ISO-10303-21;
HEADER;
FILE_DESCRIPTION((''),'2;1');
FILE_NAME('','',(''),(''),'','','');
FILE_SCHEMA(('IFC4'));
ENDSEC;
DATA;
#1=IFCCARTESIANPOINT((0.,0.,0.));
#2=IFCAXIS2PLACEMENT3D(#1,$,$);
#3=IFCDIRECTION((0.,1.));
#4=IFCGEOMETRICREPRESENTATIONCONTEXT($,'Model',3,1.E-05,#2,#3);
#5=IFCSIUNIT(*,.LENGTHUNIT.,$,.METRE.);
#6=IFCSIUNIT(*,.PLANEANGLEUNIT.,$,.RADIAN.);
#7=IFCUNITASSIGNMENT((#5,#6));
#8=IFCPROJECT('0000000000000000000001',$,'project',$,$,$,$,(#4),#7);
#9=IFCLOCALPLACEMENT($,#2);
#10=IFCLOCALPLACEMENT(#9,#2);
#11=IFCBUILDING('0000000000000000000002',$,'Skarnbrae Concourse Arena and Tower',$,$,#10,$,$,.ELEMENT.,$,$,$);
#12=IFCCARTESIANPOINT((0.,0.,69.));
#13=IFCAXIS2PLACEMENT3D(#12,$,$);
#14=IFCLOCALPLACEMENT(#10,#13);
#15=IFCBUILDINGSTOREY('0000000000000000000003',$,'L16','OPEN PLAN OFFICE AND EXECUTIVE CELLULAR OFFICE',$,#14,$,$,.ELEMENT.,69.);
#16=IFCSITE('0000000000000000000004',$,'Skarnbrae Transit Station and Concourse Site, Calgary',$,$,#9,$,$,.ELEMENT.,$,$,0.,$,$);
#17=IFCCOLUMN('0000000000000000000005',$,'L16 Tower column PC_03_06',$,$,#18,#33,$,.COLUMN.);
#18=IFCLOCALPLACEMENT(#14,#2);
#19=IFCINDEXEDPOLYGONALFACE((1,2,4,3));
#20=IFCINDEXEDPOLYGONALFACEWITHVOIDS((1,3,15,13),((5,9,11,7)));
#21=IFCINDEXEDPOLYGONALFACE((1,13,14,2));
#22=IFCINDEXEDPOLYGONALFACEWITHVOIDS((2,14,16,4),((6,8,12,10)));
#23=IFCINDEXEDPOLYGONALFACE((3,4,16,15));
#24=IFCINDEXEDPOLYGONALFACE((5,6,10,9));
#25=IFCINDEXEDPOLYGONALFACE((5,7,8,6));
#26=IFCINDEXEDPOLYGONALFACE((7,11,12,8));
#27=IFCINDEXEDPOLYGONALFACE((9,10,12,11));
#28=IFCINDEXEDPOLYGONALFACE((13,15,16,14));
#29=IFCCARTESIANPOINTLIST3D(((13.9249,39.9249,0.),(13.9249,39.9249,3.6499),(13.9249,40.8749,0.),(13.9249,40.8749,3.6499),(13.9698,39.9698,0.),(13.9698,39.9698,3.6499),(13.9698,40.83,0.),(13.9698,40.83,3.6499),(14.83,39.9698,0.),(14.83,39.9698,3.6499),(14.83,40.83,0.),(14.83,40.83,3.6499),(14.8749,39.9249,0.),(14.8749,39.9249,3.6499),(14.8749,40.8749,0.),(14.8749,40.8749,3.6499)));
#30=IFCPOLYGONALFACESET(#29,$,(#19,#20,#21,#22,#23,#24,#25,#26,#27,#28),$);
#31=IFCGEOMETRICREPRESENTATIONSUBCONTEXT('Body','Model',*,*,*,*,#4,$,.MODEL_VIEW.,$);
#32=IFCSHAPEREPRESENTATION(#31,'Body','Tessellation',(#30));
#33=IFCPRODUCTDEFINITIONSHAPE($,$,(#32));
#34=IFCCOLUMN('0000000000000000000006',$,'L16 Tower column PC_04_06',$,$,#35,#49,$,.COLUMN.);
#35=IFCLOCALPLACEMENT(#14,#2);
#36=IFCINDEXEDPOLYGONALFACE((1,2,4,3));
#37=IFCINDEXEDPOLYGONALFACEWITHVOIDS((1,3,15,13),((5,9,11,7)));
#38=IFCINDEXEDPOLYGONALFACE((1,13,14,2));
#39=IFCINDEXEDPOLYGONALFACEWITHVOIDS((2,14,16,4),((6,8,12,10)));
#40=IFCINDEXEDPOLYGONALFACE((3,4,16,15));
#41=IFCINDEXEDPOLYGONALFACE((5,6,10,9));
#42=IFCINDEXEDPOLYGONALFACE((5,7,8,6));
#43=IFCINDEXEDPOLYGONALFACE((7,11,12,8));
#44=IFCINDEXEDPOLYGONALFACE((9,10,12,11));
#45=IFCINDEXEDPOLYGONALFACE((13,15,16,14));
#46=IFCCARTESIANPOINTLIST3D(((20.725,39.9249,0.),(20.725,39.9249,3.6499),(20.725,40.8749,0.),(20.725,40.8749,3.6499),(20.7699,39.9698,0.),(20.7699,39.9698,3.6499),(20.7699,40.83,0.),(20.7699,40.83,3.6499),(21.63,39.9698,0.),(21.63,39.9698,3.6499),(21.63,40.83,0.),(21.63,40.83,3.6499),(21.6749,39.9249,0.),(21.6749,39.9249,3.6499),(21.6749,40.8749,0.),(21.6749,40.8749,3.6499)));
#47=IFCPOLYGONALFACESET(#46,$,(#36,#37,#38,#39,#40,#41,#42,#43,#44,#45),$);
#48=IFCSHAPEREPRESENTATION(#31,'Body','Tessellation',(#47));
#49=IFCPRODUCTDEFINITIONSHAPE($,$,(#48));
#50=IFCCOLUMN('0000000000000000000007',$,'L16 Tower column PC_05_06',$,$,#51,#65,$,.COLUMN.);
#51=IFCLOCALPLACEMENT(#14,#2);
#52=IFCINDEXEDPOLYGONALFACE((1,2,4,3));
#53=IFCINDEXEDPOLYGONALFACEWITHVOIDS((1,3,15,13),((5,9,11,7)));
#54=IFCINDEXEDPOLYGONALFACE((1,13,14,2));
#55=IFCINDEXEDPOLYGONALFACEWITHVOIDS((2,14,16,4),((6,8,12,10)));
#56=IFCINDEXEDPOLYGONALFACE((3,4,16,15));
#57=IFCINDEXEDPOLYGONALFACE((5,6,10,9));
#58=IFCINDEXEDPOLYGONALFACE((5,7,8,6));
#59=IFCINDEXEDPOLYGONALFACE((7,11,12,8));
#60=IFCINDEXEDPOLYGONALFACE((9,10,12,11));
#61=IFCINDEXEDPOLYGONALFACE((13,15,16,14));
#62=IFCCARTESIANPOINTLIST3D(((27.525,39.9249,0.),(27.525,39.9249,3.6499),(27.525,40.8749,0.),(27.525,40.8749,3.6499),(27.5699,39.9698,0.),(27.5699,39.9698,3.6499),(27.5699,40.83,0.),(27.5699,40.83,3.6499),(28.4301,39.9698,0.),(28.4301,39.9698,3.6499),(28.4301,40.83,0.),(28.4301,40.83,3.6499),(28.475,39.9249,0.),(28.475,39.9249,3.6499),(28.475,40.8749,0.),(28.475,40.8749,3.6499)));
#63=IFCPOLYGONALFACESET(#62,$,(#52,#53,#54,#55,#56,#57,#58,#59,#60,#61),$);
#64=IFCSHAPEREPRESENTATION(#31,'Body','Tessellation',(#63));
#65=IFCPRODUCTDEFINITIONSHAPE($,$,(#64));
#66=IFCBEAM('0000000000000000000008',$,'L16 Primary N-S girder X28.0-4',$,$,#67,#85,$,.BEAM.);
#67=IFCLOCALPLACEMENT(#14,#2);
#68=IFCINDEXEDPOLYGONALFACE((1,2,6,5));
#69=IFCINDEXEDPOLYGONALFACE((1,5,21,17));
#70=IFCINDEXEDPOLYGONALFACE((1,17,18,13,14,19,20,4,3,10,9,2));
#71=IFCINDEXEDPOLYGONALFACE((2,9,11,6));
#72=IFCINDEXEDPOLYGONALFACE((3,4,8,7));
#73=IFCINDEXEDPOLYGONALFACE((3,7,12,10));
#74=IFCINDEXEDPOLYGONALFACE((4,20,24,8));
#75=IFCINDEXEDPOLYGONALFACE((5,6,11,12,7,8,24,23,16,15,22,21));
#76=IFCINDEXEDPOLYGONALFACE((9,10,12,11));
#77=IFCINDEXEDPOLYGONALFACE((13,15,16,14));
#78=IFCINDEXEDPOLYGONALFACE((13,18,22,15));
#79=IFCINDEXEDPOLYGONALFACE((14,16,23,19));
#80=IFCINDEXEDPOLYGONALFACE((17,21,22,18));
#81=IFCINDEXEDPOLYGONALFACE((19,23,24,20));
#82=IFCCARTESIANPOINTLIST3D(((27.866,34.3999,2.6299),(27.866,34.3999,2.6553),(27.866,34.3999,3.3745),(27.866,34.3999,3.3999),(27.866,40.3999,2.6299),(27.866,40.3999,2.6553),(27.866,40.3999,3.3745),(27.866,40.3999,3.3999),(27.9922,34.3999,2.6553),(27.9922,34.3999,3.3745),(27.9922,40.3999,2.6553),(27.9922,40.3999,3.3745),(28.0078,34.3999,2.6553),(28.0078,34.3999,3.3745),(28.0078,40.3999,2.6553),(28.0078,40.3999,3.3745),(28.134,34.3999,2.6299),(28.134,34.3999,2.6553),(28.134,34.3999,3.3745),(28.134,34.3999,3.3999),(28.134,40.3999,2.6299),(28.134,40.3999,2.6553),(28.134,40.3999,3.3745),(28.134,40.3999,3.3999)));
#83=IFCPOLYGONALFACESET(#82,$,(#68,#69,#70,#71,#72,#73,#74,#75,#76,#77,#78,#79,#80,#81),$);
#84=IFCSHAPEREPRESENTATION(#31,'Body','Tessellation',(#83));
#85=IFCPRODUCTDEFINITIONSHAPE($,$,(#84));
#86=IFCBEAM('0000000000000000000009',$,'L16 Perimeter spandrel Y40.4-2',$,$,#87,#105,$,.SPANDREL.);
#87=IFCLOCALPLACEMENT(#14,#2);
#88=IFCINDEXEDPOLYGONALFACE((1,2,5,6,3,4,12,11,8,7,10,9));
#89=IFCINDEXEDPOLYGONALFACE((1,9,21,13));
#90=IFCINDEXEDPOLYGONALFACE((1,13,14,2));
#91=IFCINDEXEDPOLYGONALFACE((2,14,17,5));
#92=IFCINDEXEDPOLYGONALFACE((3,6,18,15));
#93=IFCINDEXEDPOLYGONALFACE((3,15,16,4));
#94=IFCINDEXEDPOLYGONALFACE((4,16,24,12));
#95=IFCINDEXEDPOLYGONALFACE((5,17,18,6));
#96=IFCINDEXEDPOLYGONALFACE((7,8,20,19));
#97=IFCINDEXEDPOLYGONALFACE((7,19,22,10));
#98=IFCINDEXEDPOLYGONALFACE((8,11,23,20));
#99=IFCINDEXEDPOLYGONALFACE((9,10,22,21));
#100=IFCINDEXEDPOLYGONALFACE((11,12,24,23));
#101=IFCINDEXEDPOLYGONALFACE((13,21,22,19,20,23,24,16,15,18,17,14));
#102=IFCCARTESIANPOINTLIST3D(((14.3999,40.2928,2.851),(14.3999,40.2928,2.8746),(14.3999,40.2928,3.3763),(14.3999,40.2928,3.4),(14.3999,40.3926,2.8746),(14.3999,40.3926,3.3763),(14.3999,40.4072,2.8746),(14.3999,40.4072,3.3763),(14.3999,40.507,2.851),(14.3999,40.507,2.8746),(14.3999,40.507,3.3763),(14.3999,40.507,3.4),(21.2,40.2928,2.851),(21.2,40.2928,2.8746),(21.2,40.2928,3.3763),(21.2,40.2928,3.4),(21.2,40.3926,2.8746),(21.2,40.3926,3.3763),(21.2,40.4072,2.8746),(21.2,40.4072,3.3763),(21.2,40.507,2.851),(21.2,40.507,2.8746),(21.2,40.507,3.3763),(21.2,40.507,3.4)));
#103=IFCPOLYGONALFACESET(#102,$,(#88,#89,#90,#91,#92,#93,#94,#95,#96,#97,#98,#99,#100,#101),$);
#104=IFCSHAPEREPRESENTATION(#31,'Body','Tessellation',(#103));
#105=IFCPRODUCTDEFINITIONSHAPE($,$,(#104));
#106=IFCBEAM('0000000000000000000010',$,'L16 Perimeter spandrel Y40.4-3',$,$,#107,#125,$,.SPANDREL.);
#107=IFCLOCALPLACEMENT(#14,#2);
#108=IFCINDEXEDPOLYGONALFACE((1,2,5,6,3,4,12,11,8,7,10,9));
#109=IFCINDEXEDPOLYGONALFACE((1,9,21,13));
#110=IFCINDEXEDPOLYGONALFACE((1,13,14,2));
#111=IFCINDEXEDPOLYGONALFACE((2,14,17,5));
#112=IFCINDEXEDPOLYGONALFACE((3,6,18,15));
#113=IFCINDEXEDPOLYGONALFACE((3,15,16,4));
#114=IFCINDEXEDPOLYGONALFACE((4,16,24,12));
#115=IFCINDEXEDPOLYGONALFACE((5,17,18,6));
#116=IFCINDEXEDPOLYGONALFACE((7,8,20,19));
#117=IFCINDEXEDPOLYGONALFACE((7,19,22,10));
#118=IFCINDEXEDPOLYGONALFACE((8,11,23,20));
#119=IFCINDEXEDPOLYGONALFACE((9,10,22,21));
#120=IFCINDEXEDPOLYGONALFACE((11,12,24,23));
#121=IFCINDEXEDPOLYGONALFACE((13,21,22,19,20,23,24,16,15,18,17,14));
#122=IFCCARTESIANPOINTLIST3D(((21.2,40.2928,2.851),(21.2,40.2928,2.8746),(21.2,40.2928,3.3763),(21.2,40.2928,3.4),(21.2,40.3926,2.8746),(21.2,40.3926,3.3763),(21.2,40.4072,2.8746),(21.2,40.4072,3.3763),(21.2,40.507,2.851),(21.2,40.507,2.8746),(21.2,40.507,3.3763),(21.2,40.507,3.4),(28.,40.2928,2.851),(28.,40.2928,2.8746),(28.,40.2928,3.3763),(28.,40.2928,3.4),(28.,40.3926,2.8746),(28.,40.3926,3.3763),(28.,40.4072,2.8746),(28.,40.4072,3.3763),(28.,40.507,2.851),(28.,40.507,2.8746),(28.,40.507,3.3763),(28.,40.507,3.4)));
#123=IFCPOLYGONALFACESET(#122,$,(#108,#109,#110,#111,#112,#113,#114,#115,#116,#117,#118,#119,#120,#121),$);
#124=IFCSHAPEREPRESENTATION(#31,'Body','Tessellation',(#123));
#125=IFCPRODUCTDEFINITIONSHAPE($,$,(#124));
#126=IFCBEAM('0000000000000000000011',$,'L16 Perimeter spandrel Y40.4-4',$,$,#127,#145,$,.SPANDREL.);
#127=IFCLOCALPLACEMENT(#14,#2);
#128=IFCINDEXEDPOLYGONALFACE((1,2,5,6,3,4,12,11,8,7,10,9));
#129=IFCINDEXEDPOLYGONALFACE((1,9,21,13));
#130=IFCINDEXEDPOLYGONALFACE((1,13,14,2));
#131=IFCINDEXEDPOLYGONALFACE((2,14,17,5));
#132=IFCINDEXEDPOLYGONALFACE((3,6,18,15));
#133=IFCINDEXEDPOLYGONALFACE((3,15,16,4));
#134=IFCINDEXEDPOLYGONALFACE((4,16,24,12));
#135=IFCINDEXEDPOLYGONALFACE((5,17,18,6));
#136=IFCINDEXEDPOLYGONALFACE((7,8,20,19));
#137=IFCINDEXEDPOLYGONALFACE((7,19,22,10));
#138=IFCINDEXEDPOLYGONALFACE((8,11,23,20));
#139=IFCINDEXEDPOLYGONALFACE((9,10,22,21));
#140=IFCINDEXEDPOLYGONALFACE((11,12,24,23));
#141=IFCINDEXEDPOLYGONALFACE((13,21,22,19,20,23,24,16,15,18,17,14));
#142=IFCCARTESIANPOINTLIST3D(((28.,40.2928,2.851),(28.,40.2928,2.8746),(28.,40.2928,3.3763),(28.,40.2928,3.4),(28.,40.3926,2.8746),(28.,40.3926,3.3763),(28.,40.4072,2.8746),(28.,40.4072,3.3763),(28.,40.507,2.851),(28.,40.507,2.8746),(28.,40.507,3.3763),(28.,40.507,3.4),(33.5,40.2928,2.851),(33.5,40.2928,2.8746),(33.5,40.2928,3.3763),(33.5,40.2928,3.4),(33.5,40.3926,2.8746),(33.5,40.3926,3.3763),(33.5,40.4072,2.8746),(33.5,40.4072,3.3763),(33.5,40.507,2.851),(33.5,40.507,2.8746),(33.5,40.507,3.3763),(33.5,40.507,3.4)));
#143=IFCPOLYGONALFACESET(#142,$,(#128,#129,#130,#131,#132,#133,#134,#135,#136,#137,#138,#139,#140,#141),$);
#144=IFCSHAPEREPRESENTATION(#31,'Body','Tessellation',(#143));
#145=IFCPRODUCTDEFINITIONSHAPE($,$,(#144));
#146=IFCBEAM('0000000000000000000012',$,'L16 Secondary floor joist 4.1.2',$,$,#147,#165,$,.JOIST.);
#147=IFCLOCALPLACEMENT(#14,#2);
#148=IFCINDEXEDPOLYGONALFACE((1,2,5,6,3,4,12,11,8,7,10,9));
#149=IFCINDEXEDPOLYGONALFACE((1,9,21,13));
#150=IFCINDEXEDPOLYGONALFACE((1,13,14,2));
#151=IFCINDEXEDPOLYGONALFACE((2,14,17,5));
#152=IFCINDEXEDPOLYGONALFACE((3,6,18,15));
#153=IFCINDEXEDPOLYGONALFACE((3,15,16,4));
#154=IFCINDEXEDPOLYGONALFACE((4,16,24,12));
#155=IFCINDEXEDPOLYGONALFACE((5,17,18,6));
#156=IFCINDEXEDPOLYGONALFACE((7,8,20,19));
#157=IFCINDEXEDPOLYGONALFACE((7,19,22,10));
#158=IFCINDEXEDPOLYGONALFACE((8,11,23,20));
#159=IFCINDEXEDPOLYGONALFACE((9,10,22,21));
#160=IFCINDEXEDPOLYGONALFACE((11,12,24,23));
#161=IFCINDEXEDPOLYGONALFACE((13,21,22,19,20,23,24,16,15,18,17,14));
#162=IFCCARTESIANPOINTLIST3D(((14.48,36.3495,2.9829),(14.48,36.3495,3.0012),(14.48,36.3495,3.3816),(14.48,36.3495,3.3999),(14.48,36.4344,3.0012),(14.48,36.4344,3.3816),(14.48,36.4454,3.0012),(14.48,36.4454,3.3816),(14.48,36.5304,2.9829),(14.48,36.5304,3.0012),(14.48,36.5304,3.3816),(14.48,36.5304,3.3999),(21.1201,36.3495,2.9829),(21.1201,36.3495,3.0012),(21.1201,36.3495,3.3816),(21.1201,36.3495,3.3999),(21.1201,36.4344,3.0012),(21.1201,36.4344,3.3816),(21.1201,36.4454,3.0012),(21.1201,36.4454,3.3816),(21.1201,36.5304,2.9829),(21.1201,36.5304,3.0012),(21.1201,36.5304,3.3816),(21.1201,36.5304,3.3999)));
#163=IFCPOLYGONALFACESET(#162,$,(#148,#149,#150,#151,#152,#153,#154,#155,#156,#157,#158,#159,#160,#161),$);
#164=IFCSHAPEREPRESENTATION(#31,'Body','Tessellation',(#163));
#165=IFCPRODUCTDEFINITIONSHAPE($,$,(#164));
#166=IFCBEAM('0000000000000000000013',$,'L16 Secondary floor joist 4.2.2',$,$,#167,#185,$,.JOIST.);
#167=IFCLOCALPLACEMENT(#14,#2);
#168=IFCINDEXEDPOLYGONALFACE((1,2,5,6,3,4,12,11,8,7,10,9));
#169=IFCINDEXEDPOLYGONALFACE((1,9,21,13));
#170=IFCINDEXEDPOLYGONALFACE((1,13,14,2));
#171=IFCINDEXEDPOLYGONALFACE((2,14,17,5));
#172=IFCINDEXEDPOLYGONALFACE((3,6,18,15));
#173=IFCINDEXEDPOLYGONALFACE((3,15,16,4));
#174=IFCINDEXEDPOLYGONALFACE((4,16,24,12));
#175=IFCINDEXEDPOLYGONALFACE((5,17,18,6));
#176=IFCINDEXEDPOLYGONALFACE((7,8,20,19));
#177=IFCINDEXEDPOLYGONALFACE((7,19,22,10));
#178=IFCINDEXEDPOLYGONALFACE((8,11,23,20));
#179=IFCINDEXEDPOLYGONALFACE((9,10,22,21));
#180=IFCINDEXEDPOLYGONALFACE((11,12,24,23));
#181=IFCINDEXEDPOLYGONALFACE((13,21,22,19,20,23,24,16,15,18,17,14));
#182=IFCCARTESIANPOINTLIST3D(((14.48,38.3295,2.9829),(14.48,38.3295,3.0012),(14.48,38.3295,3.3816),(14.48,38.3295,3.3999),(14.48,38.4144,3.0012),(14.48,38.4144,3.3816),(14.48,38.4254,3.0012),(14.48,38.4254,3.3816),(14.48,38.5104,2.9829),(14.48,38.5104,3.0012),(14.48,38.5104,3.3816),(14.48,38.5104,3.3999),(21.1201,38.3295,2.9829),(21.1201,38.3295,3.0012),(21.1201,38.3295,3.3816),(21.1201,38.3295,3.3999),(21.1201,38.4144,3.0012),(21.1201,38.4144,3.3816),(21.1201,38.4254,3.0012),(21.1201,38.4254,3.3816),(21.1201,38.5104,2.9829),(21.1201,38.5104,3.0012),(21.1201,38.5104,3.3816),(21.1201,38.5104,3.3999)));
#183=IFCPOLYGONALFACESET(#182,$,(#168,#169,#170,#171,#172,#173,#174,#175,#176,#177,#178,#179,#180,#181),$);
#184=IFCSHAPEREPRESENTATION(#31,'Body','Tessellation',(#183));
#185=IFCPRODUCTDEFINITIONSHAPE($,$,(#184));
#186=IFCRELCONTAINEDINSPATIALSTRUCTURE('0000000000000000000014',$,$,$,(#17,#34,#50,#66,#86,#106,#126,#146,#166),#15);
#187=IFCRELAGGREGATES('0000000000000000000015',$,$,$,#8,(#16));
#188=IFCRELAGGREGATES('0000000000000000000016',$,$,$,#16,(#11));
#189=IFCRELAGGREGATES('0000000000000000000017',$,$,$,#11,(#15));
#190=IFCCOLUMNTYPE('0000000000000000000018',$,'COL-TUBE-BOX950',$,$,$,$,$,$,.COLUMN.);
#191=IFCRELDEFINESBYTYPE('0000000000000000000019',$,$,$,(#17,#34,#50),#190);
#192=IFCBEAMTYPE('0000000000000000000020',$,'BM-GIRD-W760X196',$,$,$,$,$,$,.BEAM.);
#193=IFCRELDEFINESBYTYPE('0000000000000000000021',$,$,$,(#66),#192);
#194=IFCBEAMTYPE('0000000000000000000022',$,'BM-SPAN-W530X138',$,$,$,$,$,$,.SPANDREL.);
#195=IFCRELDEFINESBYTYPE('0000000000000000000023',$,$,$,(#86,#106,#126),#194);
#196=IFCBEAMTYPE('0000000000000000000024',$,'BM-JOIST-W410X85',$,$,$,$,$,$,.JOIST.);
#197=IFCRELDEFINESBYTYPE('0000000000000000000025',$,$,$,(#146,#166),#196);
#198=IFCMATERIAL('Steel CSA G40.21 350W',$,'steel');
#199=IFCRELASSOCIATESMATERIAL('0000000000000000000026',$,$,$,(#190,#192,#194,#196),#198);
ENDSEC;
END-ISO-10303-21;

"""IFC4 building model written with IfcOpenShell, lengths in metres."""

from ifc_helpers import new_model, si_unit, direction, frame, origin, origin_2d, place, context, subcontext, project, spatial, hollow_rectangle, i_section, extrude, source, transform, mapped, material, material_profile, profile_set, type_object, element, save


model = new_model("IFC4")

# Units and contexts
model_context = context("Model", 3, precision=1e-05, world=origin(), true_north=direction((0.0, 1.0)))
body_context = subcontext(model_context, "Body", "Model", "MODEL_VIEW")
ifc_project = project(units=[si_unit("LENGTHUNIT", "METRE"), si_unit("PLANEANGLEUNIT", "RADIAN")], contexts=[model_context])

# Site, building, storey
site_placement = place(None, origin())
site = spatial("IfcSite", under=ifc_project, at=site_placement, Name="Skarnbrae Transit Station and Concourse Site, Calgary", CompositionType="ELEMENT", RefElevation=0.0)
building_placement = place(site_placement, origin())
building = spatial("IfcBuilding", under=site, at=building_placement, Name="Skarnbrae Concourse Arena and Tower", CompositionType="ELEMENT")
storey_placement = place(building_placement, frame((0.0, 0.0, 69.0)))
storey = spatial("IfcBuildingStorey", under=building, at=storey_placement, Name="L16", Description="OPEN PLAN OFFICE AND EXECUTIVE CELLULAR OFFICE", CompositionType="ELEMENT", Elevation=69.0)

# Columns
ifc_material_1 = material(Name="Steel CSA G40.21 350W", Category="steel")
ifc_material_profile_1 = material_profile(ifc_material_1, hollow_rectangle(XDim=0.95, YDim=0.95, WallThickness=0.0449, at=origin_2d()), Name="BOX950X950X45")
ifc_profile_set_1 = profile_set([ifc_material_profile_1], Name="Steel CSA G40.21 350W")
column_type = type_object("IfcColumnType", Name="COL-TUBE-BOX950", PredefinedType="COLUMN", material=ifc_profile_set_1)
shared_shape_1 = source(origin(), body_context, "Body", "SweptSolid", [
    extrude(hollow_rectangle(XDim=0.95, YDim=0.95, WallThickness=0.0449, at=origin_2d()), origin(), (0.0, 0.0, 1.0), 3.6499),
])
for number, where, z_axis, x_axis, name in (
    (1, (14.3999, 40.3999, 0.0), (0.0, 0.0, 1.0), (1.0, 0.0, 0.0), "L16 Tower column PC_03_06"),
    (2, (21.2, 40.3999, 0.0), (0.0, 0.0, 1.0), (1.0, 0.0, 0.0), "L16 Tower column PC_04_06"),
    (3, (28.0, 40.3999, 0.0), (0.0, 0.0, 1.0), (1.0, 0.0, 0.0), "L16 Tower column PC_05_06"),
):
    element("IfcColumn", number, at=place(storey_placement, frame(where, z_axis=z_axis, x_axis=x_axis)), inside=storey, type_object=column_type, Name=name, PredefinedType="COLUMN", context=body_context, shape_type="MappedRepresentation", body=[
        mapped(shared_shape_1, transform((0.0, 0.0, 0.0))),
    ])

# Beams
ifc_material_profile_2 = material_profile(ifc_material_1, i_section(OverallWidth=0.2681, OverallDepth=0.77, WebThickness=0.0156, FlangeThickness=0.0254, at=origin_2d()), Name="W760X196")
ifc_profile_set_2 = profile_set([ifc_material_profile_2], Name="Steel CSA G40.21 350W")
beam_type_1 = type_object("IfcBeamType", Name="BM-GIRD-W760X196", PredefinedType="BEAM", material=ifc_profile_set_2)
shared_shape_2 = source(origin(), body_context, "Body", "SweptSolid", [
    extrude(i_section(OverallWidth=0.2681, OverallDepth=0.77, WebThickness=0.0156, FlangeThickness=0.0254, at=origin_2d()), origin(), (0.0, 0.0, 1.0), 6.0),
])
beam_1_placement = place(storey_placement, frame((28.0, 34.3999, 3.0149), z_axis=(0.0, 1.0, 0.0), x_axis=(-1.0, 0.0, 0.0)))
element("IfcBeam", 4, at=beam_1_placement, inside=storey, type_object=beam_type_1, Name="L16 Primary N-S girder X28.0-4", PredefinedType="BEAM", context=body_context, shape_type="MappedRepresentation", body=[
    mapped(shared_shape_2, transform((0.0, 0.0, 0.0))),
])
ifc_material_profile_3 = material_profile(ifc_material_1, i_section(OverallWidth=0.2141, OverallDepth=0.5491, WebThickness=0.0146, FlangeThickness=0.0237, at=origin_2d()), Name="W530X138")
ifc_profile_set_3 = profile_set([ifc_material_profile_3], Name="Steel CSA G40.21 350W")
beam_type_2 = type_object("IfcBeamType", Name="BM-SPAN-W530X138", PredefinedType="SPANDREL", material=ifc_profile_set_3)
shared_shape_3 = source(origin(), body_context, "Body", "SweptSolid", [
    extrude(i_section(OverallWidth=0.2141, OverallDepth=0.5491, WebThickness=0.0146, FlangeThickness=0.0237, at=origin_2d()), origin(), (0.0, 0.0, 1.0), 6.8),
])
for number, where, z_axis, x_axis, name in (
    (5, (14.3999, 40.3999, 3.1255), (1.0, 0.0, 0.0), (0.0, 1.0, 0.0), "L16 Perimeter spandrel Y40.4-2"),
    (6, (21.2, 40.3999, 3.1255), (1.0, 0.0, 0.0), (0.0, 1.0, 0.0), "L16 Perimeter spandrel Y40.4-3"),
):
    element("IfcBeam", number, at=place(storey_placement, frame(where, z_axis=z_axis, x_axis=x_axis)), inside=storey, type_object=beam_type_2, Name=name, PredefinedType="SPANDREL", context=body_context, shape_type="MappedRepresentation", body=[
        mapped(shared_shape_3, transform((0.0, 0.0, 0.0))),
    ])
shared_shape_4 = source(origin(), body_context, "Body", "SweptSolid", [
    extrude(i_section(OverallWidth=0.2141, OverallDepth=0.5491, WebThickness=0.0146, FlangeThickness=0.0237, at=origin_2d()), origin(), (0.0, 0.0, 1.0), 5.5),
])
beam_2_placement = place(storey_placement, frame((28.0, 40.3999, 3.1255), z_axis=(1.0, 0.0, 0.0), x_axis=(0.0, 1.0, 0.0)))
element("IfcBeam", 7, at=beam_2_placement, inside=storey, type_object=beam_type_2, Name="L16 Perimeter spandrel Y40.4-4", PredefinedType="SPANDREL", context=body_context, shape_type="MappedRepresentation", body=[
    mapped(shared_shape_4, transform((0.0, 0.0, 0.0))),
])
ifc_material_profile_4 = material_profile(ifc_material_1, i_section(OverallWidth=0.1809, OverallDepth=0.417, WebThickness=0.011, FlangeThickness=0.0183, at=origin_2d()), Name="W410X85")
ifc_profile_set_4 = profile_set([ifc_material_profile_4], Name="Steel CSA G40.21 350W")
beam_type_3 = type_object("IfcBeamType", Name="BM-JOIST-W410X85", PredefinedType="JOIST", material=ifc_profile_set_4)
shared_shape_5 = source(origin(), body_context, "Body", "SweptSolid", [
    extrude(i_section(OverallWidth=0.1809, OverallDepth=0.417, WebThickness=0.011, FlangeThickness=0.0183, at=origin_2d()), origin(), (0.0, 0.0, 1.0), 6.6401),
])
for number, where, z_axis, x_axis, name in (
    (8, (14.48, 36.4399, 3.1914), (1.0, 0.0, 0.0), (0.0, 1.0, 0.0), "L16 Secondary floor joist 4.1.2"),
    (9, (14.48, 38.4199, 3.1914), (1.0, 0.0, 0.0), (0.0, 1.0, 0.0), "L16 Secondary floor joist 4.2.2"),
):
    element("IfcBeam", number, at=place(storey_placement, frame(where, z_axis=z_axis, x_axis=x_axis)), inside=storey, type_object=beam_type_3, Name=name, PredefinedType="JOIST", context=body_context, shape_type="MappedRepresentation", body=[
        mapped(shared_shape_5, transform((0.0, 0.0, 0.0))),
    ])

save(model, "model.ifc")
